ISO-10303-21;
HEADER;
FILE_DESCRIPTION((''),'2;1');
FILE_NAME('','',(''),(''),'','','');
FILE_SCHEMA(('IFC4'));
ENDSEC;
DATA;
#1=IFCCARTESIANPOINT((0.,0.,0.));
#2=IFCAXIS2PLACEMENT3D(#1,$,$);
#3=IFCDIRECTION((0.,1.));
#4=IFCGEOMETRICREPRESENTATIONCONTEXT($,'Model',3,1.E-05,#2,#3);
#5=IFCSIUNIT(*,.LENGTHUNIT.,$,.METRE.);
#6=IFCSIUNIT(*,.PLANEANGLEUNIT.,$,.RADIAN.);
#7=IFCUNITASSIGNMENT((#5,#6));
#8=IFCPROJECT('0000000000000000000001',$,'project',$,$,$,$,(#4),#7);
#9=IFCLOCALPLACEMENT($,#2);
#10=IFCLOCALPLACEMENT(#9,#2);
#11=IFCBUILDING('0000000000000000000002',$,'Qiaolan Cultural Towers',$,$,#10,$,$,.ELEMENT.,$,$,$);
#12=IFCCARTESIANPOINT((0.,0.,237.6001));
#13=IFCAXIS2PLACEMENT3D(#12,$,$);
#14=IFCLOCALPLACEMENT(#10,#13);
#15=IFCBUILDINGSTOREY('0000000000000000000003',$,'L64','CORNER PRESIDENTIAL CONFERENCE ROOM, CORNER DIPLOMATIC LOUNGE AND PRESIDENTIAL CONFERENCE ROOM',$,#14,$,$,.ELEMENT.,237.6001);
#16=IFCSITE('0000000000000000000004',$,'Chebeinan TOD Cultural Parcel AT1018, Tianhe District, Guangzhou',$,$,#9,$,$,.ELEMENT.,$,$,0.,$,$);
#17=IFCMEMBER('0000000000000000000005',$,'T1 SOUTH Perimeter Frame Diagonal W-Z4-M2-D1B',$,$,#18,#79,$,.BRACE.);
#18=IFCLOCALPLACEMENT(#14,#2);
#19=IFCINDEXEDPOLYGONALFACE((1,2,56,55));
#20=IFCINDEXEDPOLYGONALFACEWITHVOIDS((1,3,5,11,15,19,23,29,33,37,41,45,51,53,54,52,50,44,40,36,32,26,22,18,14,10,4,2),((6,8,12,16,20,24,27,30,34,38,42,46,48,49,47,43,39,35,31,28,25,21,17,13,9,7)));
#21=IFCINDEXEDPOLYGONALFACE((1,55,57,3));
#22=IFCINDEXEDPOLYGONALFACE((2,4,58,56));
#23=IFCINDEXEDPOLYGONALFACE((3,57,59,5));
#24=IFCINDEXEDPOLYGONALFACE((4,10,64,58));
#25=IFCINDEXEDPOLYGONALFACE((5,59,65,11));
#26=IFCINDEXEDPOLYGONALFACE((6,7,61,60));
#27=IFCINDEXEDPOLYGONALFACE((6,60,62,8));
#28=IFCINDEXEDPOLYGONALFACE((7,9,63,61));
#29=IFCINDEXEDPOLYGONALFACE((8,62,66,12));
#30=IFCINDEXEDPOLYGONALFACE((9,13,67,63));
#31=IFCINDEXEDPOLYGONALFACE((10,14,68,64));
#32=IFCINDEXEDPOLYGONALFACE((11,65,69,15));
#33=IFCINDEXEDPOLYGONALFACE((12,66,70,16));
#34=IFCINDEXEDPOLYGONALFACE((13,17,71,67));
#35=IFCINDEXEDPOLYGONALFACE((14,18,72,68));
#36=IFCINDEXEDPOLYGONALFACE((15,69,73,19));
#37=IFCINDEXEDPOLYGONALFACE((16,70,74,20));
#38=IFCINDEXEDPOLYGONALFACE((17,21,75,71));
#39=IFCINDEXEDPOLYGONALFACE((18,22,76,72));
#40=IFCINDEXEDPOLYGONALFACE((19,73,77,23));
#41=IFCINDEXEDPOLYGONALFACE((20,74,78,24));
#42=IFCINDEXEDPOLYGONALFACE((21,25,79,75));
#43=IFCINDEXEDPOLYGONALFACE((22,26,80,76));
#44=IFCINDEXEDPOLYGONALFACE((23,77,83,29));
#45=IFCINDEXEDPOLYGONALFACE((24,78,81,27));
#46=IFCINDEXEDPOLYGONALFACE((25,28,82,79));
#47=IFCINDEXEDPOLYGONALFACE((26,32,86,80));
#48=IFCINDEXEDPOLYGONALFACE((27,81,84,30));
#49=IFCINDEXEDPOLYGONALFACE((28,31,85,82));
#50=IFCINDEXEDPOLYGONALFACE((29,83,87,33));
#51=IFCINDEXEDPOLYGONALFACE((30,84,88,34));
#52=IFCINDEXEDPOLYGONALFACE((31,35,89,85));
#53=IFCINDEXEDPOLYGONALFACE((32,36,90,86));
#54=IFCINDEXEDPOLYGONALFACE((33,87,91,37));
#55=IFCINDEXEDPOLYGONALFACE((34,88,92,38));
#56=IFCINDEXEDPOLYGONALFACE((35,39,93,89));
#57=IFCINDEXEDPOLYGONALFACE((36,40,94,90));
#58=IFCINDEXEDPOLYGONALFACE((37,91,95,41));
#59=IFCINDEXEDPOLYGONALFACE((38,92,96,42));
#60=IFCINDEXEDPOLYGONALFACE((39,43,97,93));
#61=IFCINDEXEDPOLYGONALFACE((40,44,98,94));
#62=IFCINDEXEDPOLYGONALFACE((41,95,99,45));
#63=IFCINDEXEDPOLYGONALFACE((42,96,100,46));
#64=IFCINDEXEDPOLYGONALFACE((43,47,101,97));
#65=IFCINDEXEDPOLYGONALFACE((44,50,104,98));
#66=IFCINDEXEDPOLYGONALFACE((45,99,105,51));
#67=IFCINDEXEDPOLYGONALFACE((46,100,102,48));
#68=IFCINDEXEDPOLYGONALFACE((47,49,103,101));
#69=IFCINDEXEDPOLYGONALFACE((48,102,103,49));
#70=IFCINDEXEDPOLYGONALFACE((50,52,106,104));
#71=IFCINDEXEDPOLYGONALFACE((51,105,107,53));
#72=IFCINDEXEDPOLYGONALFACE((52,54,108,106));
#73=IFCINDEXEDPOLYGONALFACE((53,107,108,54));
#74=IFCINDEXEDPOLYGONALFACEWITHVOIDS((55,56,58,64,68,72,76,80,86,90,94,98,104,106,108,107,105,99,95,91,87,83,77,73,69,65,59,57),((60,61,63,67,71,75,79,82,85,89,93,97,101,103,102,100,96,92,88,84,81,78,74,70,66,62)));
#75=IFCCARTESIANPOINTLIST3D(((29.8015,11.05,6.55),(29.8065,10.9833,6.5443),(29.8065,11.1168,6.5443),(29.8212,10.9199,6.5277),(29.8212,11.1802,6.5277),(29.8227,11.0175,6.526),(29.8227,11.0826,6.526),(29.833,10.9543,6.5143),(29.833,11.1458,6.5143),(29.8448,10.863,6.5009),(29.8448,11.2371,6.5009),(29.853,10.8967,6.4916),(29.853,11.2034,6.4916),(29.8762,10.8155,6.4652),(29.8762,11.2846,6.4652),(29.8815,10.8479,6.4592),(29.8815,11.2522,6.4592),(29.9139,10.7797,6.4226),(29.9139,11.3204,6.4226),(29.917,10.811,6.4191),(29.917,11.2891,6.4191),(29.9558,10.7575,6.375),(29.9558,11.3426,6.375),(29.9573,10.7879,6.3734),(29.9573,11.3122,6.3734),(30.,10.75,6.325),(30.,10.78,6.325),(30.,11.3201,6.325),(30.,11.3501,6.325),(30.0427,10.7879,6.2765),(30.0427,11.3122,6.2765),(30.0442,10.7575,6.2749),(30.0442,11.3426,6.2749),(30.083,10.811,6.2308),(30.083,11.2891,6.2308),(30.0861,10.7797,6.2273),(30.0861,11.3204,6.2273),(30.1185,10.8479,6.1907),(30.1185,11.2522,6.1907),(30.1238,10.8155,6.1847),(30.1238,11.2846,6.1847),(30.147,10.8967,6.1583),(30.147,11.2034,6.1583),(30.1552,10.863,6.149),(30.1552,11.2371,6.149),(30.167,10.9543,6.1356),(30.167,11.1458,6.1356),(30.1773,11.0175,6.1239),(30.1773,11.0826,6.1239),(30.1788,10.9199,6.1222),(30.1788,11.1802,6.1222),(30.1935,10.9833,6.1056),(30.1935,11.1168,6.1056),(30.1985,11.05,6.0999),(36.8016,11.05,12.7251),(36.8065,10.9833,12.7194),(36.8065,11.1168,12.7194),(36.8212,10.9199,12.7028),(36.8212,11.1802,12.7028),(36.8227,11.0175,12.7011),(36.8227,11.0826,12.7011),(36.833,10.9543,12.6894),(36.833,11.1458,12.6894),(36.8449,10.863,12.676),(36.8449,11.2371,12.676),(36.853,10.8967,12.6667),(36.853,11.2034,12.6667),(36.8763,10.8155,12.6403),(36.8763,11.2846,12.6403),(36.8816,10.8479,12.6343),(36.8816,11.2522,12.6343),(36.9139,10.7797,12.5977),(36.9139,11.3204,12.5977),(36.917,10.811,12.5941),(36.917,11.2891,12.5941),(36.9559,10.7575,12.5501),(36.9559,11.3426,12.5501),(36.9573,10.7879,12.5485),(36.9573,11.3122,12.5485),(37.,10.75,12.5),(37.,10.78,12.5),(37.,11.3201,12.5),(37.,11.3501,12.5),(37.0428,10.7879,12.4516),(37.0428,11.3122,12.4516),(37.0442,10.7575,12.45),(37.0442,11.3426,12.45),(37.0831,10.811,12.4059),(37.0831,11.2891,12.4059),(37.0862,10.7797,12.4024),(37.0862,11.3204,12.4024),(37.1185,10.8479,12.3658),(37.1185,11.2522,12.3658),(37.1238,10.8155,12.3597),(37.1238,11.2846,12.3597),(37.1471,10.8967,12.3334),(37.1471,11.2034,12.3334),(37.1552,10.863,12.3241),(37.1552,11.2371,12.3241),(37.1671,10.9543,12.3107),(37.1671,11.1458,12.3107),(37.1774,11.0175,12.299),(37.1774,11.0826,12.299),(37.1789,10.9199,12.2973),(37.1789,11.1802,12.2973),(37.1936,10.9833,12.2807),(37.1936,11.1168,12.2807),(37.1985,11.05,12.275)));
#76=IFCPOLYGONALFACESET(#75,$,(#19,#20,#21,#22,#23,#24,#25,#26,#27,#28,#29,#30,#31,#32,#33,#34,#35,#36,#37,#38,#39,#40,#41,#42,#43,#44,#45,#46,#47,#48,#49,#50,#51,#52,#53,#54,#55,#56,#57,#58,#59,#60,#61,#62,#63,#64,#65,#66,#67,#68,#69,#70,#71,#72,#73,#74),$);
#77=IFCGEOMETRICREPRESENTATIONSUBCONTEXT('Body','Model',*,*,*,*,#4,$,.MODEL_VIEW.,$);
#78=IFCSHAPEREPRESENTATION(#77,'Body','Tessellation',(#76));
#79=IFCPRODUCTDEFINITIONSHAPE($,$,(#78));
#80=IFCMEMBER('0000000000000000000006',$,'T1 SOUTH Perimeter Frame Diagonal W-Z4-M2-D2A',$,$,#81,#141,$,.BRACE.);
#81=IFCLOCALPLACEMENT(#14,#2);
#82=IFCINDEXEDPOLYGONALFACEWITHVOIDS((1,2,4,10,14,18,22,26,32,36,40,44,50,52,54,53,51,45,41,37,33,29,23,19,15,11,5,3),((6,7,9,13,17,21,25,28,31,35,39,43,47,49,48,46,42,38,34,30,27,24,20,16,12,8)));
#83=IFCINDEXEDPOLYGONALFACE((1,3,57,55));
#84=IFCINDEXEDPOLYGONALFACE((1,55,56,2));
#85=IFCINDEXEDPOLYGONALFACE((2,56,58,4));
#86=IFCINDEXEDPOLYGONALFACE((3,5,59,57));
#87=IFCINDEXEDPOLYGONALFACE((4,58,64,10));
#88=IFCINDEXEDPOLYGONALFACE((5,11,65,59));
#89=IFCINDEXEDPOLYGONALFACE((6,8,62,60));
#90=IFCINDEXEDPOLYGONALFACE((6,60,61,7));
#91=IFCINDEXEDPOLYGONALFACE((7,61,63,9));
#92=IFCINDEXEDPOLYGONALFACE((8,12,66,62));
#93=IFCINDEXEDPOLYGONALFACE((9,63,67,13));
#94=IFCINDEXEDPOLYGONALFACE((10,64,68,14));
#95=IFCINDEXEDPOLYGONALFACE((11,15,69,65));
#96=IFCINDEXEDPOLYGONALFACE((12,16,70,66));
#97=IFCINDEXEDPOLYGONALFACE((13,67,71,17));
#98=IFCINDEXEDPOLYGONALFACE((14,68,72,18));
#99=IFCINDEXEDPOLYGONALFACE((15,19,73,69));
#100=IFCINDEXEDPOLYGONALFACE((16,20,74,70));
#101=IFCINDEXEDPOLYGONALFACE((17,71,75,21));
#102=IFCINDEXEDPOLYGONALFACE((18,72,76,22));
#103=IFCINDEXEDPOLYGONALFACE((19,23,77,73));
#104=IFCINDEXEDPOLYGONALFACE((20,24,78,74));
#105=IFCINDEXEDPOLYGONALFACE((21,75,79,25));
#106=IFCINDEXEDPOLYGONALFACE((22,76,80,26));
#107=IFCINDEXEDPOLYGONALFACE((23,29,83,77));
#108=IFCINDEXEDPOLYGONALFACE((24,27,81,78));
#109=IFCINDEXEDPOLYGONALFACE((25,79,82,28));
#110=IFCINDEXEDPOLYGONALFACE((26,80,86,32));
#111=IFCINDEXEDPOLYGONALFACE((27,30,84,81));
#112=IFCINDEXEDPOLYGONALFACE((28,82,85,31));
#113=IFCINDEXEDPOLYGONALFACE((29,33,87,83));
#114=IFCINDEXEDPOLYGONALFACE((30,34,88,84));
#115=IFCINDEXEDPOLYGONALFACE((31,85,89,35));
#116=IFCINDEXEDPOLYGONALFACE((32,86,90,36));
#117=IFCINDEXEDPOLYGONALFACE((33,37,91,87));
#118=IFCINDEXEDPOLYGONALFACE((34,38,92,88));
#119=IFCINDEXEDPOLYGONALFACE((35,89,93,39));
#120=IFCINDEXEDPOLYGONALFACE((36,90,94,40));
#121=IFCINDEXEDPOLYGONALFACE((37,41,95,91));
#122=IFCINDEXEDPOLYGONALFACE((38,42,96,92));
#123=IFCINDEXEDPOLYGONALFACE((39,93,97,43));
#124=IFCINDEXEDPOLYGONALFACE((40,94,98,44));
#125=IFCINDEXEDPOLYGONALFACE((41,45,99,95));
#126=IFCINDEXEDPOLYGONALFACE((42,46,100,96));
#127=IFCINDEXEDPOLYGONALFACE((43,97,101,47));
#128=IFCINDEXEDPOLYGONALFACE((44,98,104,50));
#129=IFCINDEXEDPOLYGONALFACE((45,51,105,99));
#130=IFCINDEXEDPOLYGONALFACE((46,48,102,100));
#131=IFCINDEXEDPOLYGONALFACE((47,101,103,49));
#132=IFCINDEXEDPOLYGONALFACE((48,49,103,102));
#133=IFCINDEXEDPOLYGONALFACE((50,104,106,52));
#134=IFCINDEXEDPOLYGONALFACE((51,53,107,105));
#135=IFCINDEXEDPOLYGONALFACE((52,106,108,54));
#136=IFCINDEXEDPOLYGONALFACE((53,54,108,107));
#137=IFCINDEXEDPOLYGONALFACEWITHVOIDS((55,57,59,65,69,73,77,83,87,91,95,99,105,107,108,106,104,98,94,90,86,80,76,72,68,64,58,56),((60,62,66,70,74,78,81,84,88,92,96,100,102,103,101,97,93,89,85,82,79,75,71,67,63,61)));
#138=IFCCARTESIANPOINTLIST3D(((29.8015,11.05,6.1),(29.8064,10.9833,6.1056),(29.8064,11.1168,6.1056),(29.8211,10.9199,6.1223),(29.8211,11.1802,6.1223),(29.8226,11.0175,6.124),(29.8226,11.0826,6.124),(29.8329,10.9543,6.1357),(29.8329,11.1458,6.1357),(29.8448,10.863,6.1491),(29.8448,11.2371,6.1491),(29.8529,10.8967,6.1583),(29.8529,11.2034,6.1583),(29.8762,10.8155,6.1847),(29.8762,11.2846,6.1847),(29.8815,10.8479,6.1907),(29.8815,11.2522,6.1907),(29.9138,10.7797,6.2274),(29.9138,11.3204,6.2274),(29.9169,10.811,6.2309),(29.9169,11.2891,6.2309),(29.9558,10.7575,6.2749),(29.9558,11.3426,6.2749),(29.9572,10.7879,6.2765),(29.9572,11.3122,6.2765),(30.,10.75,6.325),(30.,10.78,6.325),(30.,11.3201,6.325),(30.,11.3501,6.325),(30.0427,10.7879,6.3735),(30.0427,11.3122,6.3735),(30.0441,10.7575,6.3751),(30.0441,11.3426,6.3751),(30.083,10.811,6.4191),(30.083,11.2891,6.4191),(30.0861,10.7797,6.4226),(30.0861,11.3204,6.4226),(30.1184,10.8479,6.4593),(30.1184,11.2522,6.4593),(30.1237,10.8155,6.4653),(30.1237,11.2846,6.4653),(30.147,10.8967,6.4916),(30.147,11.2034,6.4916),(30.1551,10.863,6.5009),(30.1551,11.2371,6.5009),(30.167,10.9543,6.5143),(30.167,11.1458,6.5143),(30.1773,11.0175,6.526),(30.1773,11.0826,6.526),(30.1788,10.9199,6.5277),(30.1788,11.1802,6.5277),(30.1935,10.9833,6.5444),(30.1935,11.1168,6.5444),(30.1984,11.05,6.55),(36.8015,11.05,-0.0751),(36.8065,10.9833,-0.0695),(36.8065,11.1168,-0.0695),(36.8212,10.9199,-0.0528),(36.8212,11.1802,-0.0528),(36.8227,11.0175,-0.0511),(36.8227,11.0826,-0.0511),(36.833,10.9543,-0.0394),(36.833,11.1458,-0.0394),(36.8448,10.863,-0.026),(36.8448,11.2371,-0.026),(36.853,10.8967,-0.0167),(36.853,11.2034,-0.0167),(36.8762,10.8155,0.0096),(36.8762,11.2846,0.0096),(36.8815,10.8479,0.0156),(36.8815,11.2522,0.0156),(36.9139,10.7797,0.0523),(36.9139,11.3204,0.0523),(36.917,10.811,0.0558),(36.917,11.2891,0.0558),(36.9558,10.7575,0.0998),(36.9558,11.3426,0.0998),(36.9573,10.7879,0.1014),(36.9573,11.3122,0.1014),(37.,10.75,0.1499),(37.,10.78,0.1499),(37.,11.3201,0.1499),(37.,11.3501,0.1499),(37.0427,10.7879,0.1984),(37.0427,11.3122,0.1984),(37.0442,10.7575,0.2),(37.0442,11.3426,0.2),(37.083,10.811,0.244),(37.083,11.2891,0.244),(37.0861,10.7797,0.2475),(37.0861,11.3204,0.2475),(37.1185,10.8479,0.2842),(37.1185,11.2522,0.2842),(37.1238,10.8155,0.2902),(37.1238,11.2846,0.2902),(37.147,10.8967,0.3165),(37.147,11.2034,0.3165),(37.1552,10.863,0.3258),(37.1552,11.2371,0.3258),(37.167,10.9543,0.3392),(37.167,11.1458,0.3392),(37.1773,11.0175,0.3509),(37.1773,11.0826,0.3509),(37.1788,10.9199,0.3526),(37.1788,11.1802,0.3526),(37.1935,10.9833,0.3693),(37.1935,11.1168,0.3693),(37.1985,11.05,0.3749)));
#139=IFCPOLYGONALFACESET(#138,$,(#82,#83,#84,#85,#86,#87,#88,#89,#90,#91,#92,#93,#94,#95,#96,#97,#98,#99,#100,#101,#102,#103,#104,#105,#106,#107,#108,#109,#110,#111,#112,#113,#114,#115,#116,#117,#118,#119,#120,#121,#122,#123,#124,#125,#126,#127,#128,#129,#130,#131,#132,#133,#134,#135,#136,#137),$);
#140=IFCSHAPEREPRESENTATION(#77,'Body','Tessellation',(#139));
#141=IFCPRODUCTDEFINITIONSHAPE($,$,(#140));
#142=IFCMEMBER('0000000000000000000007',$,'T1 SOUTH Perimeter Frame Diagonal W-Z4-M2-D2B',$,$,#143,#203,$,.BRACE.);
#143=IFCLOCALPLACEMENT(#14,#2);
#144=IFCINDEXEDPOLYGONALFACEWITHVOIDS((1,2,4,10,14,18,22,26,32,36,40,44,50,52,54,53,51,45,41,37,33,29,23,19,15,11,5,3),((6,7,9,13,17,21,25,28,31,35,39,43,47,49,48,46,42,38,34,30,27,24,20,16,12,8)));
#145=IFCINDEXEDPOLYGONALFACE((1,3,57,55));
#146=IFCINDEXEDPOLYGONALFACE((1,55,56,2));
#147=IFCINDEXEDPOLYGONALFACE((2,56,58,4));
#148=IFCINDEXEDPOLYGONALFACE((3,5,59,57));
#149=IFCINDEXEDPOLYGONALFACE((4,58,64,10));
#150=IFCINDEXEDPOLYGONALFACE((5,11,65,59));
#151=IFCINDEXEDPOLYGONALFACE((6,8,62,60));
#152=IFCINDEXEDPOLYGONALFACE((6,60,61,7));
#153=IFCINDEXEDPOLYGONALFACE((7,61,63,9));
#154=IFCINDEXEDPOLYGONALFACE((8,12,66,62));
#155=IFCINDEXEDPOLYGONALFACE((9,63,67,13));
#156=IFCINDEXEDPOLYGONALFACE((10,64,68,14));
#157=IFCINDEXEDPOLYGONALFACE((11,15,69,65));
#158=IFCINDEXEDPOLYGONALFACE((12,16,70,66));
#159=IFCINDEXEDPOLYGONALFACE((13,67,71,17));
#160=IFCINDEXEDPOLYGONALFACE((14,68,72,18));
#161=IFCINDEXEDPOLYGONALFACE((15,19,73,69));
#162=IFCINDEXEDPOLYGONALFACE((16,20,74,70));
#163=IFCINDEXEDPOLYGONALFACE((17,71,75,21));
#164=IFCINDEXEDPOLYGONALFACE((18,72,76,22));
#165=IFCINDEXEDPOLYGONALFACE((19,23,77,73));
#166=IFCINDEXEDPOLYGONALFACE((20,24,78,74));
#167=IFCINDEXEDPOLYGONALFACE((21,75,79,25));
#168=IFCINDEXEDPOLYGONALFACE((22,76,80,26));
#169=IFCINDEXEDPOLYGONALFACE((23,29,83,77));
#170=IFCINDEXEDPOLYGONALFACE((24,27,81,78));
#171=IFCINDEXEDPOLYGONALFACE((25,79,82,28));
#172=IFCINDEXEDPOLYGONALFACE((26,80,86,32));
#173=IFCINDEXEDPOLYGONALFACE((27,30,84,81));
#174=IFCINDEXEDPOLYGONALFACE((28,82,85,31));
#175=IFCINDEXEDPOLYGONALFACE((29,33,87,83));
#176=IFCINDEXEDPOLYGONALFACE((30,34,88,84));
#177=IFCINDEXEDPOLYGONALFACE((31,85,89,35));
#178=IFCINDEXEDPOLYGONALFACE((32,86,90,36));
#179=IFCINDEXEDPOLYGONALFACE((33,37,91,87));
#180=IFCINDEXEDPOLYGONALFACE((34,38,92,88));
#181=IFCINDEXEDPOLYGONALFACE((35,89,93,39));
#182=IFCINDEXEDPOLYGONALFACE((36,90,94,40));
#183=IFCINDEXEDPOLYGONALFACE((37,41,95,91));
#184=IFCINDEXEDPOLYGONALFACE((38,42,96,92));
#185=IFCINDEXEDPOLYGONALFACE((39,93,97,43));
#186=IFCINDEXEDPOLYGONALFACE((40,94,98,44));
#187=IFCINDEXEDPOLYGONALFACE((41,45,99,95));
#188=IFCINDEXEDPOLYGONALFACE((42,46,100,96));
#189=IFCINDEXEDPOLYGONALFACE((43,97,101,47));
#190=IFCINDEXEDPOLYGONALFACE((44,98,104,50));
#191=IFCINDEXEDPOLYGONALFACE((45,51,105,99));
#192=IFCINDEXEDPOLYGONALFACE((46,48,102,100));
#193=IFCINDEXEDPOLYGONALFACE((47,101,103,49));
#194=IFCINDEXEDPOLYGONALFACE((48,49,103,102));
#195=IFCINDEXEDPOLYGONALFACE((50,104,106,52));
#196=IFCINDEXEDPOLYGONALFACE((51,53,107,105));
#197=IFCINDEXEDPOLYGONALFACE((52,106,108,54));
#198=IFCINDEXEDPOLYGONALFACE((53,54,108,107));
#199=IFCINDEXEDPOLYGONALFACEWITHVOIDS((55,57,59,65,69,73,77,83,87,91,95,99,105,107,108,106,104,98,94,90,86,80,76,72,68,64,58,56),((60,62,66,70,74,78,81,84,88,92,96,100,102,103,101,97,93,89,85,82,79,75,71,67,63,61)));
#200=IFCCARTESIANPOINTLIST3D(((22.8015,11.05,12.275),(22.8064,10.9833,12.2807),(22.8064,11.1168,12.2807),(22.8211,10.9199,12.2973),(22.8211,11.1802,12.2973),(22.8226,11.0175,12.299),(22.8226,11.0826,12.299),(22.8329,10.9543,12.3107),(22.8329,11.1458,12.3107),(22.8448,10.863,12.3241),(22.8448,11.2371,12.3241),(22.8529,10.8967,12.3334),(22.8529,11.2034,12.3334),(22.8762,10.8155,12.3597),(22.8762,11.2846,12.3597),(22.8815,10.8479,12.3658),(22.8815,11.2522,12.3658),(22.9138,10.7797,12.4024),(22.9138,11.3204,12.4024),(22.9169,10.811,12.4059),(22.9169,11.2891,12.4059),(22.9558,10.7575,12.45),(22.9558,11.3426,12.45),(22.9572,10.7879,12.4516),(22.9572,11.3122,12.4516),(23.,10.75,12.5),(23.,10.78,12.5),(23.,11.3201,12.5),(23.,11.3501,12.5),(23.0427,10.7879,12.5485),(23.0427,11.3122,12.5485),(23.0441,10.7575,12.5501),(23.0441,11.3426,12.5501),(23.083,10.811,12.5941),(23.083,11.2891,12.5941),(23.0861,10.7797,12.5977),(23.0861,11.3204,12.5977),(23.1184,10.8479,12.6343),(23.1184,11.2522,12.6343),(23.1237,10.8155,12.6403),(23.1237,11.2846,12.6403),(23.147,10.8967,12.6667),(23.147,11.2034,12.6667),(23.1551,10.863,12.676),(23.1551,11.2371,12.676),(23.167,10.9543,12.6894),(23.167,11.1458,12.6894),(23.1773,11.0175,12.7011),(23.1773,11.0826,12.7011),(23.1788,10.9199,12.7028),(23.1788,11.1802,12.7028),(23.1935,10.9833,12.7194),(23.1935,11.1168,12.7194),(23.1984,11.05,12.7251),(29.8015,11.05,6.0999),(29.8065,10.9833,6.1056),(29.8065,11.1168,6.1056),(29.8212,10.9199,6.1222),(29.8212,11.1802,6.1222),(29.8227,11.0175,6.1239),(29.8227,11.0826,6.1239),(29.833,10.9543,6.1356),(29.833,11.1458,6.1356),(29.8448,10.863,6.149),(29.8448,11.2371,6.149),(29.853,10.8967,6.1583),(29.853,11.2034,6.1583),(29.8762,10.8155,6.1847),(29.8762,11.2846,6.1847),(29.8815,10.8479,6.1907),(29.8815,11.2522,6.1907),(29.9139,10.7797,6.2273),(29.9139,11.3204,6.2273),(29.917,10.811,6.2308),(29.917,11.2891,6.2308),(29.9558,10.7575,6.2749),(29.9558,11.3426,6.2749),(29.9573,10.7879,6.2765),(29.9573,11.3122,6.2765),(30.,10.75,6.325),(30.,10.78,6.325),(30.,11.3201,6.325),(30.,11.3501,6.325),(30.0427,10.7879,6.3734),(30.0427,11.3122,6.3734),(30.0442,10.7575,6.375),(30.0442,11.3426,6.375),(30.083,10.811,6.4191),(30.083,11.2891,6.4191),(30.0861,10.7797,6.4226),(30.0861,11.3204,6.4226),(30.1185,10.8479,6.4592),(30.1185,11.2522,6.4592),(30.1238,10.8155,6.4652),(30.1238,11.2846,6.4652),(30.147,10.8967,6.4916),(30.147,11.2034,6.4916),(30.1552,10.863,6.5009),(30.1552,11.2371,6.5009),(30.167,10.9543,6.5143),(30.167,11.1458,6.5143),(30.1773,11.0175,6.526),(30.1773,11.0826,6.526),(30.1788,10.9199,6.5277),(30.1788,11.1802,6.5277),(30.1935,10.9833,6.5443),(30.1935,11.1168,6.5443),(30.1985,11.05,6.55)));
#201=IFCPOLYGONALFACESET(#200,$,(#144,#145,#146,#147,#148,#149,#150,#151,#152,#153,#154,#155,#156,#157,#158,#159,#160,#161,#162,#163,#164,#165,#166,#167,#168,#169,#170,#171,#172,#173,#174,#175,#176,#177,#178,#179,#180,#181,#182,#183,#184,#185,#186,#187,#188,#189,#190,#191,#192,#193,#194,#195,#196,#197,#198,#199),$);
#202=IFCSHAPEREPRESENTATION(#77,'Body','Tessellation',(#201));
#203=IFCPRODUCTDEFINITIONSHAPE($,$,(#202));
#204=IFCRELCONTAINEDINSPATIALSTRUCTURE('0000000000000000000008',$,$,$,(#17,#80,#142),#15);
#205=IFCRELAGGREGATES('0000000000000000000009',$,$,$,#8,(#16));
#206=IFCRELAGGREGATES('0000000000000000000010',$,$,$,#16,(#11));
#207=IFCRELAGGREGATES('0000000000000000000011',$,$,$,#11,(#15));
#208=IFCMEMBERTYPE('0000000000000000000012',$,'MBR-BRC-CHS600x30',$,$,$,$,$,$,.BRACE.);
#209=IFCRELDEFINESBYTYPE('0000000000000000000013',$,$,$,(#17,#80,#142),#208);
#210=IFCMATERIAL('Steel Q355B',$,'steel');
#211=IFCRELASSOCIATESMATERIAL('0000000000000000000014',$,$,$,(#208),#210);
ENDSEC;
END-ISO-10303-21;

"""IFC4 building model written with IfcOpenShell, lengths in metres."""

from ifc_helpers import new_model, si_unit, direction, frame, origin, origin_2d, place, context, subcontext, project, spatial, hollow_circle, extrude, material, material_profile, profile_set, type_object, element, save


model = new_model("IFC4")

# Units and contexts
model_context = context("Model", 3, precision=1e-05, world=origin(), true_north=direction((0.0, 1.0)))
body_context = subcontext(model_context, "Body", "Model", "MODEL_VIEW")
ifc_project = project(units=[si_unit("LENGTHUNIT", "METRE"), si_unit("PLANEANGLEUNIT", "RADIAN")], contexts=[model_context])

# Site, building, storey
site_placement = place(None, origin())
site = spatial("IfcSite", under=ifc_project, at=site_placement, Name="Chebeinan TOD Cultural Parcel AT1018, Tianhe District, Guangzhou", CompositionType="ELEMENT", RefElevation=0.0)
building_placement = place(site_placement, origin())
building = spatial("IfcBuilding", under=site, at=building_placement, Name="Qiaolan Cultural Towers", CompositionType="ELEMENT")
storey_placement = place(building_placement, frame((0.0, 0.0, 237.6001)))
storey = spatial("IfcBuildingStorey", under=building, at=storey_placement, Name="L64", Description="CORNER PRESIDENTIAL CONFERENCE ROOM, CORNER DIPLOMATIC LOUNGE AND PRESIDENTIAL CONFERENCE ROOM", CompositionType="ELEMENT", Elevation=237.6001)

# Members
ifc_material_1 = material(Name="Steel Q355B", Category="steel")
ifc_material_profile_1 = material_profile(ifc_material_1, hollow_circle(Radius=0.3, WallThickness=0.03, at=origin_2d()), Name="CHS600x30")
ifc_profile_set_1 = profile_set([ifc_material_profile_1], Name="Steel Q355B")
member_type = type_object("IfcMemberType", Name="MBR-BRC-CHS600x30", PredefinedType="BRACE", material=ifc_profile_set_1)
for number, where, z_axis, x_axis, name in (
    (1, (30.0, 11.05, 6.325), (0.749913, 0.0, 0.661536), (0.0, 1.0, 0.0), "T1 SOUTH Perimeter Frame Diagonal W-Z4-M2-D1B"),
    (2, (37.0, 11.05, 0.1499), (-0.749913, 0.0, 0.661536), (0.0, -1.0, 0.0), "T1 SOUTH Perimeter Frame Diagonal W-Z4-M2-D2A"),
    (3, (30.0, 11.05, 6.325), (-0.749913, 0.0, 0.661536), (0.0, -1.0, 0.0), "T1 SOUTH Perimeter Frame Diagonal W-Z4-M2-D2B"),
):
    element("IfcMember", number, at=place(storey_placement, frame(where, z_axis=z_axis, x_axis=x_axis)), inside=storey, type_object=member_type, Name=name, PredefinedType="BRACE", context=body_context, shape_type="SweptSolid", body=[
        extrude(hollow_circle(Radius=0.3, WallThickness=0.03, at=origin_2d()), origin(), (0.0, 0.0, 1.0), 9.3345),
    ])

save(model, "model.ifc")
